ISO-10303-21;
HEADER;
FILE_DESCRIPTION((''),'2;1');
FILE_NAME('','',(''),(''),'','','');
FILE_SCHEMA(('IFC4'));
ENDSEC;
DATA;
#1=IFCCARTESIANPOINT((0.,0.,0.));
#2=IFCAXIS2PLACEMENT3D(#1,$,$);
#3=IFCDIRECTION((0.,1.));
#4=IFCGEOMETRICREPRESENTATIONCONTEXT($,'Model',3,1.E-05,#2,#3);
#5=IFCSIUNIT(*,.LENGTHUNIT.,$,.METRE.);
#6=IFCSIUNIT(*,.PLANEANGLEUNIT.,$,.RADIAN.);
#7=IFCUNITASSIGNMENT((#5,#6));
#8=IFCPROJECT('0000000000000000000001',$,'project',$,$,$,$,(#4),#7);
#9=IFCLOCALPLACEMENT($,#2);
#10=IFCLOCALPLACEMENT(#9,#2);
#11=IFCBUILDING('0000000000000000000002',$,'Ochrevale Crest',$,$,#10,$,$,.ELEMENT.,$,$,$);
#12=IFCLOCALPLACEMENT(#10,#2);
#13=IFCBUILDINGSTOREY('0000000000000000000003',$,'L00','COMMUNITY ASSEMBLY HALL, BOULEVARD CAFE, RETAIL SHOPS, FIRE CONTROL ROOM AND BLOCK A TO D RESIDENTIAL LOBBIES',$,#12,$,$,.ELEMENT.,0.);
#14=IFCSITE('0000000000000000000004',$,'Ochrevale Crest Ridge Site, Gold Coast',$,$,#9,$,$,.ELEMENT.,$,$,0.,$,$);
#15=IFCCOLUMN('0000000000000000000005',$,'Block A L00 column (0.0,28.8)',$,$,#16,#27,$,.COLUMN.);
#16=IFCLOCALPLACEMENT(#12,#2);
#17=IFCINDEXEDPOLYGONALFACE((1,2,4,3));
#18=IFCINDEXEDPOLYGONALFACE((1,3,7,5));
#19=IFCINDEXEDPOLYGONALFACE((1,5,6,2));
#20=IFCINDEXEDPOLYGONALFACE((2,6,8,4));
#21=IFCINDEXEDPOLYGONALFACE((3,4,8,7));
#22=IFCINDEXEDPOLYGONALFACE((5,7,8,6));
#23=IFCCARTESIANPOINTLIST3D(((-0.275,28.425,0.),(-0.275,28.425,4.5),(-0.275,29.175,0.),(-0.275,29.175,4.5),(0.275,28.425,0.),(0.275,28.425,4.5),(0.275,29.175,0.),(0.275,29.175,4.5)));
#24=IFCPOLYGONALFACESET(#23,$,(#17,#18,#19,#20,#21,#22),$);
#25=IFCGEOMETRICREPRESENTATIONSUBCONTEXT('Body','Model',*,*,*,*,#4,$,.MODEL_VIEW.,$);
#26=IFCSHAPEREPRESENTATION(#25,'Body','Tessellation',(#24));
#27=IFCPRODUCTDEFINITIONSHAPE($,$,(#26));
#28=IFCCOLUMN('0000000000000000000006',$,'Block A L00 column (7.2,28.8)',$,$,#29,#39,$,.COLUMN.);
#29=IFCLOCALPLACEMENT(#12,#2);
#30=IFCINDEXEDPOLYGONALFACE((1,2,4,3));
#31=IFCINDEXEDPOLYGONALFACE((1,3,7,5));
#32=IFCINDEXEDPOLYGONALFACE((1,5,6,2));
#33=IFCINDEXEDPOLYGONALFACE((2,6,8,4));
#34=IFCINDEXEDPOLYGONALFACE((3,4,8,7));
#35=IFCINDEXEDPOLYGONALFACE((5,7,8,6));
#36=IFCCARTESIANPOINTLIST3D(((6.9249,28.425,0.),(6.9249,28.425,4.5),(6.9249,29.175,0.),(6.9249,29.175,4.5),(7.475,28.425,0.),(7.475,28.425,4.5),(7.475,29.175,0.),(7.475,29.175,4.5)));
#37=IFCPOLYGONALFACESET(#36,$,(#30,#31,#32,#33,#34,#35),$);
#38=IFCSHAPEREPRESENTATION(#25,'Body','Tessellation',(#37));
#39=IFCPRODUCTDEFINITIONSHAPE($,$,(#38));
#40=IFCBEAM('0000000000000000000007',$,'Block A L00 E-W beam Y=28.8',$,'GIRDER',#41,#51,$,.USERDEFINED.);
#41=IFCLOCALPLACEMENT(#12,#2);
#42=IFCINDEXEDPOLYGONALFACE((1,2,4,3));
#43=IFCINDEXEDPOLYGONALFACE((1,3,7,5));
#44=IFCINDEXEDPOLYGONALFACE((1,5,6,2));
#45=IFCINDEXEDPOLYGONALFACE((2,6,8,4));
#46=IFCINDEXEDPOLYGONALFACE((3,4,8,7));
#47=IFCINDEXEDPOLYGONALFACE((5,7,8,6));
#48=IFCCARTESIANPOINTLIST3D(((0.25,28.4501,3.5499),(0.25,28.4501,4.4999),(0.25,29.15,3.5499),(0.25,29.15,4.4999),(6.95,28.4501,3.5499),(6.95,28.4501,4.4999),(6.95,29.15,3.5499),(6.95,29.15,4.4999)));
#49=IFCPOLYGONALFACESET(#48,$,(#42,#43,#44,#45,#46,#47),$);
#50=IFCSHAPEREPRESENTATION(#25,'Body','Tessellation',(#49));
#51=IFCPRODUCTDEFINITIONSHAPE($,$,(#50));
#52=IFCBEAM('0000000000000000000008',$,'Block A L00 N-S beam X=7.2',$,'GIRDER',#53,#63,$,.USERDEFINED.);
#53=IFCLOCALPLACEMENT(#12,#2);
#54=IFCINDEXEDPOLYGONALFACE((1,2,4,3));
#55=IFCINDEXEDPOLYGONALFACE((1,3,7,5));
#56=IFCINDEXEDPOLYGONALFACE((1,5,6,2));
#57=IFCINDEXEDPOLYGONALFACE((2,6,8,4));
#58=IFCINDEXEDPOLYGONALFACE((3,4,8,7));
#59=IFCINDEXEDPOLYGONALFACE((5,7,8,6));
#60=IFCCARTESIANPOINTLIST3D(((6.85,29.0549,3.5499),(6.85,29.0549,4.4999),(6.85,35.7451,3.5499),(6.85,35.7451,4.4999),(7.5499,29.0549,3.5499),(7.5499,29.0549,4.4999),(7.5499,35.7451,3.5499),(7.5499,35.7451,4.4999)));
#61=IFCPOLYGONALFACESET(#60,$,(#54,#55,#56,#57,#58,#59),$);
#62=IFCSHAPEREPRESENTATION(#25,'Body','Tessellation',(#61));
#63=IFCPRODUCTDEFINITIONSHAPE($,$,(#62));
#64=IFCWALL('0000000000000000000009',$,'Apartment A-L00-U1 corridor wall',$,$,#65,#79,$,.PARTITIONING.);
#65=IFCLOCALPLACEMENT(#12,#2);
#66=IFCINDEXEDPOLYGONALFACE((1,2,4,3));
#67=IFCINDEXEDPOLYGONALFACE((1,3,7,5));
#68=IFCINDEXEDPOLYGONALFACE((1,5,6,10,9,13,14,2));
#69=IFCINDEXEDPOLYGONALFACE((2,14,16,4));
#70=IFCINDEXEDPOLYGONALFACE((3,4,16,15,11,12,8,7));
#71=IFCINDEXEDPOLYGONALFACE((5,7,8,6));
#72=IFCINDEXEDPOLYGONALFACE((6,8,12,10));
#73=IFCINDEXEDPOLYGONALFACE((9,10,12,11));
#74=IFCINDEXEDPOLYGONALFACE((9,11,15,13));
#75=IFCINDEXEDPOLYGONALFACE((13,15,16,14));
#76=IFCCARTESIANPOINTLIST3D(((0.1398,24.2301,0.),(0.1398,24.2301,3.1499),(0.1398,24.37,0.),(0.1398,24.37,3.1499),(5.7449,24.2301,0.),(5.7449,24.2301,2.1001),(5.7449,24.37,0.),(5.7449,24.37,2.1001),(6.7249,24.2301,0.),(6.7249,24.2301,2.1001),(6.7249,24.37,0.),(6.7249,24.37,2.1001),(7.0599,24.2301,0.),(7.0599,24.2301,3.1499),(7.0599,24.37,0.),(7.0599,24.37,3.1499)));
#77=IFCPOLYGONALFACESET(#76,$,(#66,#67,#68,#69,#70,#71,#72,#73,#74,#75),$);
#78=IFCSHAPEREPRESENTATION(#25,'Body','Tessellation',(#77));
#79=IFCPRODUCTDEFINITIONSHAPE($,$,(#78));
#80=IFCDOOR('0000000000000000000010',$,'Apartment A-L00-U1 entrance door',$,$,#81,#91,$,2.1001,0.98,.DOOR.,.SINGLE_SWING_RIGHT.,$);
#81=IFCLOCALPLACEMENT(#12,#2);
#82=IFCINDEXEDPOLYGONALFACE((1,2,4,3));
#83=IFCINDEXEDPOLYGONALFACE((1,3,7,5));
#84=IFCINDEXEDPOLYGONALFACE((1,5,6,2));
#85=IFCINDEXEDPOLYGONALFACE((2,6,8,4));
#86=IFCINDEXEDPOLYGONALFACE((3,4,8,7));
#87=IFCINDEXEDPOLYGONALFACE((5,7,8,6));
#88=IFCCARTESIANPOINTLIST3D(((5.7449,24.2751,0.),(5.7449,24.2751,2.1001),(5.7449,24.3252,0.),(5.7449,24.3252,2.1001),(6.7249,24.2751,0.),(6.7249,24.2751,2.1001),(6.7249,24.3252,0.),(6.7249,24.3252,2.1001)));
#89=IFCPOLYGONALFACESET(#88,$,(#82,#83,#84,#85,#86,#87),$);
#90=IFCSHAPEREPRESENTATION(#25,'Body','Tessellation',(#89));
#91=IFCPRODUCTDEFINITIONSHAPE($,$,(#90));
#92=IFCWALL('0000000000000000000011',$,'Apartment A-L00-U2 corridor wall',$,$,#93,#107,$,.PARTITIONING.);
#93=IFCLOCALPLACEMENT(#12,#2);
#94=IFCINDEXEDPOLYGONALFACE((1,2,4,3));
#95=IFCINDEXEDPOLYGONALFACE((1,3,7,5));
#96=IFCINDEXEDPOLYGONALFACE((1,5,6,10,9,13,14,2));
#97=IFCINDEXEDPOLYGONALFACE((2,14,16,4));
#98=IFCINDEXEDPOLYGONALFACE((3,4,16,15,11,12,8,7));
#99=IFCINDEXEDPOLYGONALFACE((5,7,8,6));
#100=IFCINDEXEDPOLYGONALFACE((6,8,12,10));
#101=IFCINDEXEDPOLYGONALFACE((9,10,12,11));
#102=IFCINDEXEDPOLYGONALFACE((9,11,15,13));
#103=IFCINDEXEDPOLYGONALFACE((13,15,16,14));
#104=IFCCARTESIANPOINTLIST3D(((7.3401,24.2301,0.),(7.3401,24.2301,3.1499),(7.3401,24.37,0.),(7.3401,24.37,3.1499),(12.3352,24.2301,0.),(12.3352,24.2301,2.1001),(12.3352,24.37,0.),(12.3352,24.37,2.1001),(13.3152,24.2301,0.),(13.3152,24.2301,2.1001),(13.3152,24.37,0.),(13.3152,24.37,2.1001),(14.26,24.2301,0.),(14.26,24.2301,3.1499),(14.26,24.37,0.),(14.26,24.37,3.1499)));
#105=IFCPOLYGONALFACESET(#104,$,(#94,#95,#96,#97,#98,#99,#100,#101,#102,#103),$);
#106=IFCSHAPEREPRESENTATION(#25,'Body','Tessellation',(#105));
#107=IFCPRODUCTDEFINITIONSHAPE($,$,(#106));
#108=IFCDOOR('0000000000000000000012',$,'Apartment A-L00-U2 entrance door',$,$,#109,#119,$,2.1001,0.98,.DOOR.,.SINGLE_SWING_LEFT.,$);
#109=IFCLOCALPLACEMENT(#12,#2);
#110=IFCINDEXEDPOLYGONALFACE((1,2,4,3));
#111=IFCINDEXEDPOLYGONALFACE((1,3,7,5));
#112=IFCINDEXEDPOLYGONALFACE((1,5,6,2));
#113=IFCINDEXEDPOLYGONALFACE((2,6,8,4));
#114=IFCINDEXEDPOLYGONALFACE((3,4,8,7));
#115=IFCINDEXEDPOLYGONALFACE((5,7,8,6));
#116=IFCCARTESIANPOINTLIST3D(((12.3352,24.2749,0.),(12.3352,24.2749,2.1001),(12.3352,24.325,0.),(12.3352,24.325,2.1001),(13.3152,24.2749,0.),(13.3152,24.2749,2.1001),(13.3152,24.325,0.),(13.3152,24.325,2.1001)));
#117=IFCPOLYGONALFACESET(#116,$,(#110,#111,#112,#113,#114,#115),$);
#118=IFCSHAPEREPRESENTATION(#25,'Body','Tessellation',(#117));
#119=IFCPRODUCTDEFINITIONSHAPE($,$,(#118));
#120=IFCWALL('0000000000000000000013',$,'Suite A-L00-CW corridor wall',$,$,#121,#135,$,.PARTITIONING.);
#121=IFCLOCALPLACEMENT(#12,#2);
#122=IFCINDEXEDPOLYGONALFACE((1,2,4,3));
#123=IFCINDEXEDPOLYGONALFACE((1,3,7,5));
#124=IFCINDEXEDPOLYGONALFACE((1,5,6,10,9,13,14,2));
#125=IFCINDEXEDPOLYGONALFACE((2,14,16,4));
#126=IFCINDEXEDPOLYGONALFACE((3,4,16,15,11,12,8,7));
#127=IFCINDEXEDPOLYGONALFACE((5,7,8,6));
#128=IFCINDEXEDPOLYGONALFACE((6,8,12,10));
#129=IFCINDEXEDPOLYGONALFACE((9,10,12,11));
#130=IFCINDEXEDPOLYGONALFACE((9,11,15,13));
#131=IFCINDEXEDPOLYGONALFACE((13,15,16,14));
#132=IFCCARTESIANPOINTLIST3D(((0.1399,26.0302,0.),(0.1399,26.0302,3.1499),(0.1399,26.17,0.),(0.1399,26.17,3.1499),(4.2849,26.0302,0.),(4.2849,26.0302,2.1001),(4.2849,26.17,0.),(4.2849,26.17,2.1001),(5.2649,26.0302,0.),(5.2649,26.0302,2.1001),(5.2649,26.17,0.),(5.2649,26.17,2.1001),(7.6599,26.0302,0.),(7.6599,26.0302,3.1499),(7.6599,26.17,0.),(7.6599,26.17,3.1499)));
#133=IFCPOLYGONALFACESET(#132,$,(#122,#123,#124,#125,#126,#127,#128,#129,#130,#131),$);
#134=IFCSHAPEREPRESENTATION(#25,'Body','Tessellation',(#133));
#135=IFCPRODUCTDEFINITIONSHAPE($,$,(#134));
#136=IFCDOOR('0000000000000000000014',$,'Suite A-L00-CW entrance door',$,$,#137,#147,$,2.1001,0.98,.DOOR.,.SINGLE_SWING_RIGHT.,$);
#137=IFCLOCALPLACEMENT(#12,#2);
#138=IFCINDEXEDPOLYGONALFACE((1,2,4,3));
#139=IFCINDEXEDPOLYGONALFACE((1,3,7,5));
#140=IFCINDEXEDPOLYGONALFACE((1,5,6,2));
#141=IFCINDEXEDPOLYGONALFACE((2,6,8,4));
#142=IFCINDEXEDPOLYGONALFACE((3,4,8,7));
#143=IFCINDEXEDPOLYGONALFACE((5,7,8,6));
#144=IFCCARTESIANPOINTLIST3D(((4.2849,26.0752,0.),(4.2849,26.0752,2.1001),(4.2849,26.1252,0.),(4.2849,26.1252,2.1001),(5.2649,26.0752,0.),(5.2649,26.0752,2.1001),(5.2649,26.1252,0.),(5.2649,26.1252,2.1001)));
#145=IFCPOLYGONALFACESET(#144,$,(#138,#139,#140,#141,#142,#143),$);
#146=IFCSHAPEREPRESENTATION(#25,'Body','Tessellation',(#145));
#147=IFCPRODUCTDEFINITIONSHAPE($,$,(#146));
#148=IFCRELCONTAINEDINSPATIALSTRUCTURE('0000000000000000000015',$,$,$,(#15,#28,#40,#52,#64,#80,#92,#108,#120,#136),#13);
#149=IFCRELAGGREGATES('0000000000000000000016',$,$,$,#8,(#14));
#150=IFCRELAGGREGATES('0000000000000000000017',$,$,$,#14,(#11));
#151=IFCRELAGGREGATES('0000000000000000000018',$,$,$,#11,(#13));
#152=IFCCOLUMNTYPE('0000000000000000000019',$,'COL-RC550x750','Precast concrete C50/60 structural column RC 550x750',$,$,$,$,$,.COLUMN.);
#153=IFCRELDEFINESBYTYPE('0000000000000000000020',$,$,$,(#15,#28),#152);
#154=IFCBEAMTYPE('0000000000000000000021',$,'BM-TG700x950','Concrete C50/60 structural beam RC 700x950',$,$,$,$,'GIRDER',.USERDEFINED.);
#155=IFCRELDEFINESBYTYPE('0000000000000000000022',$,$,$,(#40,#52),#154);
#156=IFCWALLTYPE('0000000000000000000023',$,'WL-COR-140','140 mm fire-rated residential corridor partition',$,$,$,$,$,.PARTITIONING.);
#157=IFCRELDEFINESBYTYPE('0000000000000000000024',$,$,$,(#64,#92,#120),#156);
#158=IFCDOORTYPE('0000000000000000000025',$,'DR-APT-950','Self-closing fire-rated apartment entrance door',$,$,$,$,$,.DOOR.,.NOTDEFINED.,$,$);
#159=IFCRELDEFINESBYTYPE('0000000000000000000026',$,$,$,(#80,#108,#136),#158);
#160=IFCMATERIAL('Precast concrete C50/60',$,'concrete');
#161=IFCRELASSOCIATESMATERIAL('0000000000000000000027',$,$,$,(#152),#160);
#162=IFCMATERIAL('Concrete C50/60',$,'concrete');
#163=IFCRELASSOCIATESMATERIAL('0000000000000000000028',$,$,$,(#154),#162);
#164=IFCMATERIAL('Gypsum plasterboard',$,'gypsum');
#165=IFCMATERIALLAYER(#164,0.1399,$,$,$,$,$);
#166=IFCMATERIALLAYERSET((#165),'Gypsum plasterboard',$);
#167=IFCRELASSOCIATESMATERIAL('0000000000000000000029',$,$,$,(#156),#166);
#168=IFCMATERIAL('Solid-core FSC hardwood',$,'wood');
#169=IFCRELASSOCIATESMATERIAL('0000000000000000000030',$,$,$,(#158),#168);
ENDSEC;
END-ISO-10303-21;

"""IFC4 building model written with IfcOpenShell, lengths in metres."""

from ifc_helpers import new_model, si_unit, direction, frame, frame_2d, origin, origin_2d, place, context, subcontext, project, spatial, rectangle, extrude, material, layer, layer_set, material_profile, profile_set, type_object, element, fill, save


model = new_model("IFC4")

# Units and contexts
model_context = context("Model", 3, precision=1e-05, world=origin(), true_north=direction((0.0, 1.0)))
body_context = subcontext(model_context, "Body", "Model", "MODEL_VIEW")
ifc_project = project(units=[si_unit("LENGTHUNIT", "METRE"), si_unit("PLANEANGLEUNIT", "RADIAN")], contexts=[model_context])

# Site, building, storey
site_placement = place(None, origin())
site = spatial("IfcSite", under=ifc_project, at=site_placement, Name="Ochrevale Crest Ridge Site, Gold Coast", CompositionType="ELEMENT", RefElevation=0.0)
building_placement = place(site_placement, origin())
building = spatial("IfcBuilding", under=site, at=building_placement, Name="Ochrevale Crest", CompositionType="ELEMENT")
storey_placement = place(building_placement, origin())
storey = spatial("IfcBuildingStorey", under=building, at=storey_placement, Name="L00", Description="COMMUNITY ASSEMBLY HALL, BOULEVARD CAFE, RETAIL SHOPS, FIRE CONTROL ROOM AND BLOCK A TO D RESIDENTIAL LOBBIES", CompositionType="ELEMENT", Elevation=0.0)

# Columns
ifc_material_1 = material(Name="Precast concrete C50/60", Category="concrete")
ifc_material_profile_1 = material_profile(ifc_material_1, rectangle(XDim=0.55, YDim=0.75, at=origin_2d()), Name="RC 550x750")
ifc_profile_set_1 = profile_set([ifc_material_profile_1], Name="Precast concrete C50/60")
column_type = type_object("IfcColumnType", Name="COL-RC550x750", Description="Precast concrete C50/60 structural column RC 550x750", PredefinedType="COLUMN", material=ifc_profile_set_1)
for number, where, z_axis, x_axis, name in (
    (1, (0.0, 28.8, 0.0), (0.0, 0.0, 1.0), (1.0, 0.0, 0.0), "Block A L00 column (0.0,28.8)"),
    (2, (7.2, 28.8, 0.0), (0.0, 0.0, 1.0), (1.0, 0.0, 0.0), "Block A L00 column (7.2,28.8)"),
):
    element("IfcColumn", number, at=place(storey_placement, frame(where, z_axis=z_axis, x_axis=x_axis)), inside=storey, type_object=column_type, Name=name, PredefinedType="COLUMN", context=body_context, shape_type="SweptSolid", body=[
        extrude(rectangle(XDim=0.55, YDim=0.75, at=origin_2d()), origin(), (0.0, 0.0, 1.0), 4.5),
    ])

# Beams
ifc_material_2 = material(Name="Concrete C50/60", Category="concrete")
ifc_material_profile_2 = material_profile(ifc_material_2, rectangle(XDim=0.7, YDim=0.95, at=origin_2d()), Name="RC 700x950")
ifc_profile_set_2 = profile_set([ifc_material_profile_2], Name="Concrete C50/60")
beam_type = type_object("IfcBeamType", Name="BM-TG700x950", Description="Concrete C50/60 structural beam RC 700x950", ElementType="GIRDER", PredefinedType="USERDEFINED", material=ifc_profile_set_2)
beam_1_placement = place(storey_placement, frame((0.25, 28.8, 4.0249), z_axis=(1.0, 0.0, 0.0), x_axis=(0.0, 1.0, 0.0)))
element("IfcBeam", 3, at=beam_1_placement, inside=storey, type_object=beam_type, Name="Block A L00 E-W beam Y=28.8", ObjectType="GIRDER", PredefinedType="USERDEFINED", context=body_context, shape_type="SweptSolid", body=[
    extrude(rectangle(XDim=0.7, YDim=0.95, at=origin_2d()), origin(), (0.0, 0.0, 1.0), 6.7),
])
beam_2_placement = place(storey_placement, frame((7.2, 29.0549, 4.0249), z_axis=(0.0, 1.0, 0.0), x_axis=(-1.0, 0.0, 0.0)))
element("IfcBeam", 4, at=beam_2_placement, inside=storey, type_object=beam_type, Name="Block A L00 N-S beam X=7.2", ObjectType="GIRDER", PredefinedType="USERDEFINED", context=body_context, shape_type="SweptSolid", body=[
    extrude(rectangle(XDim=0.7, YDim=0.95, at=origin_2d()), origin(), (0.0, 0.0, 1.0), 6.6902),
])

# Walls, openings, doors
ifc_material_3 = material(Name="Gypsum plasterboard", Category="gypsum")
ifc_layer_1 = layer(ifc_material_3, 0.1399)
ifc_layer_set_1 = layer_set([ifc_layer_1], Name="Gypsum plasterboard")
wall_type_1 = type_object("IfcWallType", Name="WL-COR-140", Description="140 mm fire-rated residential corridor partition", PredefinedType="PARTITIONING", material=ifc_layer_set_1)
wall_1_placement = place(storey_placement, frame((0.1399, 24.3, 0.0), z_axis=(0.0, 0.0, 1.0), x_axis=(1.0, 0.0, 0.0)))
wall_1 = element("IfcWall", 5, at=wall_1_placement, inside=storey, type_object=wall_type_1, Name="Apartment A-L00-U1 corridor wall", PredefinedType="PARTITIONING", context=body_context, shape_type="SweptSolid", body=[
    extrude(rectangle(XDim=6.9202, YDim=0.1399, at=frame_2d((3.46, 0.0))), origin(), (0.0, 0.0, 1.0), 3.1499),
])
opening_1_placement = place(wall_1_placement, frame((6.585, 0.0, 0.0), z_axis=(0.0, 0.0, 1.0), x_axis=(-1.0, 0.0, 0.0)))
opening_1 = element("IfcOpeningElement", 6, at=opening_1_placement, cuts=wall_1, PredefinedType="OPENING", context=body_context, shape_type="SweptSolid", body=[
    extrude(rectangle(XDim=0.98, YDim=2.1001, at=frame_2d((0.49, 1.05))), frame((0.0, 0.0801, 0.0), z_axis=(0.0, -1.0, 0.0), x_axis=(1.0, 0.0, 0.0)), (0.0, 0.0, 1.0), 0.1599),
])
ifc_material_4 = material(Name="Solid-core FSC hardwood", Category="wood")
door_type_1 = type_object("IfcDoorType", Name="DR-APT-950", Description="Self-closing fire-rated apartment entrance door", OperationType="NOTDEFINED", PredefinedType="DOOR", material=ifc_material_4)
door_1_placement = place(opening_1_placement, origin())
door_1 = element("IfcDoor", 7, at=door_1_placement, inside=storey, type_object=door_type_1, Name="Apartment A-L00-U1 entrance door", OperationType="SINGLE_SWING_RIGHT", OverallHeight=2.1001, OverallWidth=0.98, PredefinedType="DOOR", context=body_context, shape_type="SweptSolid", body=[
    extrude(rectangle(XDim=0.98, YDim=2.1001, at=frame_2d((0.49, 1.05))), frame((0.0, 0.0249, 0.0), z_axis=(0.0, -1.0, 0.0), x_axis=(1.0, 0.0, 0.0)), (0.0, 0.0, 1.0), 0.05),
])
fill(opening_1, door_1)
wall_2_placement = place(storey_placement, frame((7.3401, 24.3, 0.0), z_axis=(0.0, 0.0, 1.0), x_axis=(1.0, 0.0, 0.0)))
wall_2 = element("IfcWall", 8, at=wall_2_placement, inside=storey, type_object=wall_type_1, Name="Apartment A-L00-U2 corridor wall", PredefinedType="PARTITIONING", context=body_context, shape_type="SweptSolid", body=[
    extrude(rectangle(XDim=6.9199, YDim=0.1399, at=frame_2d((3.46, 0.0))), origin(), (0.0, 0.0, 1.0), 3.1499),
])
opening_2_placement = place(wall_2_placement, frame((4.9951, 0.0, 0.0)))
opening_2 = element("IfcOpeningElement", 9, at=opening_2_placement, cuts=wall_2, PredefinedType="OPENING", context=body_context, shape_type="SweptSolid", body=[
    extrude(rectangle(XDim=0.98, YDim=2.1001, at=frame_2d((0.49, 1.05))), frame((0.0, 0.0801, 0.0), z_axis=(0.0, -1.0, 0.0), x_axis=(1.0, 0.0, 0.0)), (0.0, 0.0, 1.0), 0.1599),
])
door_2_placement = place(opening_2_placement, origin())
door_2 = element("IfcDoor", 10, at=door_2_placement, inside=storey, type_object=door_type_1, Name="Apartment A-L00-U2 entrance door", OperationType="SINGLE_SWING_LEFT", OverallHeight=2.1001, OverallWidth=0.98, PredefinedType="DOOR", context=body_context, shape_type="SweptSolid", body=[
    extrude(rectangle(XDim=0.98, YDim=2.1001, at=frame_2d((0.49, 1.05))), frame((0.0, 0.0249, 0.0), z_axis=(0.0, -1.0, 0.0), x_axis=(1.0, 0.0, 0.0)), (0.0, 0.0, 1.0), 0.05),
])
fill(opening_2, door_2)
wall_3_placement = place(storey_placement, frame((0.1399, 26.1001, 0.0), z_axis=(0.0, 0.0, 1.0), x_axis=(1.0, 0.0, 0.0)))
wall_3 = element("IfcWall", 11, at=wall_3_placement, inside=storey, type_object=wall_type_1, Name="Suite A-L00-CW corridor wall", PredefinedType="PARTITIONING", context=body_context, shape_type="SweptSolid", body=[
    extrude(rectangle(XDim=7.52, YDim=0.1399, at=frame_2d((3.76, 0.0))), origin(), (0.0, 0.0, 1.0), 3.1499),
])
opening_3_placement = place(wall_3_placement, frame((5.125, 0.0, 0.0), z_axis=(0.0, 0.0, 1.0), x_axis=(-1.0, 0.0, 0.0)))
opening_3 = element("IfcOpeningElement", 12, at=opening_3_placement, cuts=wall_3, PredefinedType="OPENING", context=body_context, shape_type="SweptSolid", body=[
    extrude(rectangle(XDim=0.98, YDim=2.1001, at=frame_2d((0.49, 1.05))), frame((0.0, 0.0801, 0.0), z_axis=(0.0, -1.0, 0.0), x_axis=(1.0, 0.0, 0.0)), (0.0, 0.0, 1.0), 0.1599),
])
door_3_placement = place(opening_3_placement, origin())
door_3 = element("IfcDoor", 13, at=door_3_placement, inside=storey, type_object=door_type_1, Name="Suite A-L00-CW entrance door", OperationType="SINGLE_SWING_RIGHT", OverallHeight=2.1001, OverallWidth=0.98, PredefinedType="DOOR", context=body_context, shape_type="SweptSolid", body=[
    extrude(rectangle(XDim=0.98, YDim=2.1001, at=frame_2d((0.49, 1.05))), frame((0.0, 0.0249, 0.0), z_axis=(0.0, -1.0, 0.0), x_axis=(1.0, 0.0, 0.0)), (0.0, 0.0, 1.0), 0.05),
])
fill(opening_3, door_3)

save(model, "model.ifc")
